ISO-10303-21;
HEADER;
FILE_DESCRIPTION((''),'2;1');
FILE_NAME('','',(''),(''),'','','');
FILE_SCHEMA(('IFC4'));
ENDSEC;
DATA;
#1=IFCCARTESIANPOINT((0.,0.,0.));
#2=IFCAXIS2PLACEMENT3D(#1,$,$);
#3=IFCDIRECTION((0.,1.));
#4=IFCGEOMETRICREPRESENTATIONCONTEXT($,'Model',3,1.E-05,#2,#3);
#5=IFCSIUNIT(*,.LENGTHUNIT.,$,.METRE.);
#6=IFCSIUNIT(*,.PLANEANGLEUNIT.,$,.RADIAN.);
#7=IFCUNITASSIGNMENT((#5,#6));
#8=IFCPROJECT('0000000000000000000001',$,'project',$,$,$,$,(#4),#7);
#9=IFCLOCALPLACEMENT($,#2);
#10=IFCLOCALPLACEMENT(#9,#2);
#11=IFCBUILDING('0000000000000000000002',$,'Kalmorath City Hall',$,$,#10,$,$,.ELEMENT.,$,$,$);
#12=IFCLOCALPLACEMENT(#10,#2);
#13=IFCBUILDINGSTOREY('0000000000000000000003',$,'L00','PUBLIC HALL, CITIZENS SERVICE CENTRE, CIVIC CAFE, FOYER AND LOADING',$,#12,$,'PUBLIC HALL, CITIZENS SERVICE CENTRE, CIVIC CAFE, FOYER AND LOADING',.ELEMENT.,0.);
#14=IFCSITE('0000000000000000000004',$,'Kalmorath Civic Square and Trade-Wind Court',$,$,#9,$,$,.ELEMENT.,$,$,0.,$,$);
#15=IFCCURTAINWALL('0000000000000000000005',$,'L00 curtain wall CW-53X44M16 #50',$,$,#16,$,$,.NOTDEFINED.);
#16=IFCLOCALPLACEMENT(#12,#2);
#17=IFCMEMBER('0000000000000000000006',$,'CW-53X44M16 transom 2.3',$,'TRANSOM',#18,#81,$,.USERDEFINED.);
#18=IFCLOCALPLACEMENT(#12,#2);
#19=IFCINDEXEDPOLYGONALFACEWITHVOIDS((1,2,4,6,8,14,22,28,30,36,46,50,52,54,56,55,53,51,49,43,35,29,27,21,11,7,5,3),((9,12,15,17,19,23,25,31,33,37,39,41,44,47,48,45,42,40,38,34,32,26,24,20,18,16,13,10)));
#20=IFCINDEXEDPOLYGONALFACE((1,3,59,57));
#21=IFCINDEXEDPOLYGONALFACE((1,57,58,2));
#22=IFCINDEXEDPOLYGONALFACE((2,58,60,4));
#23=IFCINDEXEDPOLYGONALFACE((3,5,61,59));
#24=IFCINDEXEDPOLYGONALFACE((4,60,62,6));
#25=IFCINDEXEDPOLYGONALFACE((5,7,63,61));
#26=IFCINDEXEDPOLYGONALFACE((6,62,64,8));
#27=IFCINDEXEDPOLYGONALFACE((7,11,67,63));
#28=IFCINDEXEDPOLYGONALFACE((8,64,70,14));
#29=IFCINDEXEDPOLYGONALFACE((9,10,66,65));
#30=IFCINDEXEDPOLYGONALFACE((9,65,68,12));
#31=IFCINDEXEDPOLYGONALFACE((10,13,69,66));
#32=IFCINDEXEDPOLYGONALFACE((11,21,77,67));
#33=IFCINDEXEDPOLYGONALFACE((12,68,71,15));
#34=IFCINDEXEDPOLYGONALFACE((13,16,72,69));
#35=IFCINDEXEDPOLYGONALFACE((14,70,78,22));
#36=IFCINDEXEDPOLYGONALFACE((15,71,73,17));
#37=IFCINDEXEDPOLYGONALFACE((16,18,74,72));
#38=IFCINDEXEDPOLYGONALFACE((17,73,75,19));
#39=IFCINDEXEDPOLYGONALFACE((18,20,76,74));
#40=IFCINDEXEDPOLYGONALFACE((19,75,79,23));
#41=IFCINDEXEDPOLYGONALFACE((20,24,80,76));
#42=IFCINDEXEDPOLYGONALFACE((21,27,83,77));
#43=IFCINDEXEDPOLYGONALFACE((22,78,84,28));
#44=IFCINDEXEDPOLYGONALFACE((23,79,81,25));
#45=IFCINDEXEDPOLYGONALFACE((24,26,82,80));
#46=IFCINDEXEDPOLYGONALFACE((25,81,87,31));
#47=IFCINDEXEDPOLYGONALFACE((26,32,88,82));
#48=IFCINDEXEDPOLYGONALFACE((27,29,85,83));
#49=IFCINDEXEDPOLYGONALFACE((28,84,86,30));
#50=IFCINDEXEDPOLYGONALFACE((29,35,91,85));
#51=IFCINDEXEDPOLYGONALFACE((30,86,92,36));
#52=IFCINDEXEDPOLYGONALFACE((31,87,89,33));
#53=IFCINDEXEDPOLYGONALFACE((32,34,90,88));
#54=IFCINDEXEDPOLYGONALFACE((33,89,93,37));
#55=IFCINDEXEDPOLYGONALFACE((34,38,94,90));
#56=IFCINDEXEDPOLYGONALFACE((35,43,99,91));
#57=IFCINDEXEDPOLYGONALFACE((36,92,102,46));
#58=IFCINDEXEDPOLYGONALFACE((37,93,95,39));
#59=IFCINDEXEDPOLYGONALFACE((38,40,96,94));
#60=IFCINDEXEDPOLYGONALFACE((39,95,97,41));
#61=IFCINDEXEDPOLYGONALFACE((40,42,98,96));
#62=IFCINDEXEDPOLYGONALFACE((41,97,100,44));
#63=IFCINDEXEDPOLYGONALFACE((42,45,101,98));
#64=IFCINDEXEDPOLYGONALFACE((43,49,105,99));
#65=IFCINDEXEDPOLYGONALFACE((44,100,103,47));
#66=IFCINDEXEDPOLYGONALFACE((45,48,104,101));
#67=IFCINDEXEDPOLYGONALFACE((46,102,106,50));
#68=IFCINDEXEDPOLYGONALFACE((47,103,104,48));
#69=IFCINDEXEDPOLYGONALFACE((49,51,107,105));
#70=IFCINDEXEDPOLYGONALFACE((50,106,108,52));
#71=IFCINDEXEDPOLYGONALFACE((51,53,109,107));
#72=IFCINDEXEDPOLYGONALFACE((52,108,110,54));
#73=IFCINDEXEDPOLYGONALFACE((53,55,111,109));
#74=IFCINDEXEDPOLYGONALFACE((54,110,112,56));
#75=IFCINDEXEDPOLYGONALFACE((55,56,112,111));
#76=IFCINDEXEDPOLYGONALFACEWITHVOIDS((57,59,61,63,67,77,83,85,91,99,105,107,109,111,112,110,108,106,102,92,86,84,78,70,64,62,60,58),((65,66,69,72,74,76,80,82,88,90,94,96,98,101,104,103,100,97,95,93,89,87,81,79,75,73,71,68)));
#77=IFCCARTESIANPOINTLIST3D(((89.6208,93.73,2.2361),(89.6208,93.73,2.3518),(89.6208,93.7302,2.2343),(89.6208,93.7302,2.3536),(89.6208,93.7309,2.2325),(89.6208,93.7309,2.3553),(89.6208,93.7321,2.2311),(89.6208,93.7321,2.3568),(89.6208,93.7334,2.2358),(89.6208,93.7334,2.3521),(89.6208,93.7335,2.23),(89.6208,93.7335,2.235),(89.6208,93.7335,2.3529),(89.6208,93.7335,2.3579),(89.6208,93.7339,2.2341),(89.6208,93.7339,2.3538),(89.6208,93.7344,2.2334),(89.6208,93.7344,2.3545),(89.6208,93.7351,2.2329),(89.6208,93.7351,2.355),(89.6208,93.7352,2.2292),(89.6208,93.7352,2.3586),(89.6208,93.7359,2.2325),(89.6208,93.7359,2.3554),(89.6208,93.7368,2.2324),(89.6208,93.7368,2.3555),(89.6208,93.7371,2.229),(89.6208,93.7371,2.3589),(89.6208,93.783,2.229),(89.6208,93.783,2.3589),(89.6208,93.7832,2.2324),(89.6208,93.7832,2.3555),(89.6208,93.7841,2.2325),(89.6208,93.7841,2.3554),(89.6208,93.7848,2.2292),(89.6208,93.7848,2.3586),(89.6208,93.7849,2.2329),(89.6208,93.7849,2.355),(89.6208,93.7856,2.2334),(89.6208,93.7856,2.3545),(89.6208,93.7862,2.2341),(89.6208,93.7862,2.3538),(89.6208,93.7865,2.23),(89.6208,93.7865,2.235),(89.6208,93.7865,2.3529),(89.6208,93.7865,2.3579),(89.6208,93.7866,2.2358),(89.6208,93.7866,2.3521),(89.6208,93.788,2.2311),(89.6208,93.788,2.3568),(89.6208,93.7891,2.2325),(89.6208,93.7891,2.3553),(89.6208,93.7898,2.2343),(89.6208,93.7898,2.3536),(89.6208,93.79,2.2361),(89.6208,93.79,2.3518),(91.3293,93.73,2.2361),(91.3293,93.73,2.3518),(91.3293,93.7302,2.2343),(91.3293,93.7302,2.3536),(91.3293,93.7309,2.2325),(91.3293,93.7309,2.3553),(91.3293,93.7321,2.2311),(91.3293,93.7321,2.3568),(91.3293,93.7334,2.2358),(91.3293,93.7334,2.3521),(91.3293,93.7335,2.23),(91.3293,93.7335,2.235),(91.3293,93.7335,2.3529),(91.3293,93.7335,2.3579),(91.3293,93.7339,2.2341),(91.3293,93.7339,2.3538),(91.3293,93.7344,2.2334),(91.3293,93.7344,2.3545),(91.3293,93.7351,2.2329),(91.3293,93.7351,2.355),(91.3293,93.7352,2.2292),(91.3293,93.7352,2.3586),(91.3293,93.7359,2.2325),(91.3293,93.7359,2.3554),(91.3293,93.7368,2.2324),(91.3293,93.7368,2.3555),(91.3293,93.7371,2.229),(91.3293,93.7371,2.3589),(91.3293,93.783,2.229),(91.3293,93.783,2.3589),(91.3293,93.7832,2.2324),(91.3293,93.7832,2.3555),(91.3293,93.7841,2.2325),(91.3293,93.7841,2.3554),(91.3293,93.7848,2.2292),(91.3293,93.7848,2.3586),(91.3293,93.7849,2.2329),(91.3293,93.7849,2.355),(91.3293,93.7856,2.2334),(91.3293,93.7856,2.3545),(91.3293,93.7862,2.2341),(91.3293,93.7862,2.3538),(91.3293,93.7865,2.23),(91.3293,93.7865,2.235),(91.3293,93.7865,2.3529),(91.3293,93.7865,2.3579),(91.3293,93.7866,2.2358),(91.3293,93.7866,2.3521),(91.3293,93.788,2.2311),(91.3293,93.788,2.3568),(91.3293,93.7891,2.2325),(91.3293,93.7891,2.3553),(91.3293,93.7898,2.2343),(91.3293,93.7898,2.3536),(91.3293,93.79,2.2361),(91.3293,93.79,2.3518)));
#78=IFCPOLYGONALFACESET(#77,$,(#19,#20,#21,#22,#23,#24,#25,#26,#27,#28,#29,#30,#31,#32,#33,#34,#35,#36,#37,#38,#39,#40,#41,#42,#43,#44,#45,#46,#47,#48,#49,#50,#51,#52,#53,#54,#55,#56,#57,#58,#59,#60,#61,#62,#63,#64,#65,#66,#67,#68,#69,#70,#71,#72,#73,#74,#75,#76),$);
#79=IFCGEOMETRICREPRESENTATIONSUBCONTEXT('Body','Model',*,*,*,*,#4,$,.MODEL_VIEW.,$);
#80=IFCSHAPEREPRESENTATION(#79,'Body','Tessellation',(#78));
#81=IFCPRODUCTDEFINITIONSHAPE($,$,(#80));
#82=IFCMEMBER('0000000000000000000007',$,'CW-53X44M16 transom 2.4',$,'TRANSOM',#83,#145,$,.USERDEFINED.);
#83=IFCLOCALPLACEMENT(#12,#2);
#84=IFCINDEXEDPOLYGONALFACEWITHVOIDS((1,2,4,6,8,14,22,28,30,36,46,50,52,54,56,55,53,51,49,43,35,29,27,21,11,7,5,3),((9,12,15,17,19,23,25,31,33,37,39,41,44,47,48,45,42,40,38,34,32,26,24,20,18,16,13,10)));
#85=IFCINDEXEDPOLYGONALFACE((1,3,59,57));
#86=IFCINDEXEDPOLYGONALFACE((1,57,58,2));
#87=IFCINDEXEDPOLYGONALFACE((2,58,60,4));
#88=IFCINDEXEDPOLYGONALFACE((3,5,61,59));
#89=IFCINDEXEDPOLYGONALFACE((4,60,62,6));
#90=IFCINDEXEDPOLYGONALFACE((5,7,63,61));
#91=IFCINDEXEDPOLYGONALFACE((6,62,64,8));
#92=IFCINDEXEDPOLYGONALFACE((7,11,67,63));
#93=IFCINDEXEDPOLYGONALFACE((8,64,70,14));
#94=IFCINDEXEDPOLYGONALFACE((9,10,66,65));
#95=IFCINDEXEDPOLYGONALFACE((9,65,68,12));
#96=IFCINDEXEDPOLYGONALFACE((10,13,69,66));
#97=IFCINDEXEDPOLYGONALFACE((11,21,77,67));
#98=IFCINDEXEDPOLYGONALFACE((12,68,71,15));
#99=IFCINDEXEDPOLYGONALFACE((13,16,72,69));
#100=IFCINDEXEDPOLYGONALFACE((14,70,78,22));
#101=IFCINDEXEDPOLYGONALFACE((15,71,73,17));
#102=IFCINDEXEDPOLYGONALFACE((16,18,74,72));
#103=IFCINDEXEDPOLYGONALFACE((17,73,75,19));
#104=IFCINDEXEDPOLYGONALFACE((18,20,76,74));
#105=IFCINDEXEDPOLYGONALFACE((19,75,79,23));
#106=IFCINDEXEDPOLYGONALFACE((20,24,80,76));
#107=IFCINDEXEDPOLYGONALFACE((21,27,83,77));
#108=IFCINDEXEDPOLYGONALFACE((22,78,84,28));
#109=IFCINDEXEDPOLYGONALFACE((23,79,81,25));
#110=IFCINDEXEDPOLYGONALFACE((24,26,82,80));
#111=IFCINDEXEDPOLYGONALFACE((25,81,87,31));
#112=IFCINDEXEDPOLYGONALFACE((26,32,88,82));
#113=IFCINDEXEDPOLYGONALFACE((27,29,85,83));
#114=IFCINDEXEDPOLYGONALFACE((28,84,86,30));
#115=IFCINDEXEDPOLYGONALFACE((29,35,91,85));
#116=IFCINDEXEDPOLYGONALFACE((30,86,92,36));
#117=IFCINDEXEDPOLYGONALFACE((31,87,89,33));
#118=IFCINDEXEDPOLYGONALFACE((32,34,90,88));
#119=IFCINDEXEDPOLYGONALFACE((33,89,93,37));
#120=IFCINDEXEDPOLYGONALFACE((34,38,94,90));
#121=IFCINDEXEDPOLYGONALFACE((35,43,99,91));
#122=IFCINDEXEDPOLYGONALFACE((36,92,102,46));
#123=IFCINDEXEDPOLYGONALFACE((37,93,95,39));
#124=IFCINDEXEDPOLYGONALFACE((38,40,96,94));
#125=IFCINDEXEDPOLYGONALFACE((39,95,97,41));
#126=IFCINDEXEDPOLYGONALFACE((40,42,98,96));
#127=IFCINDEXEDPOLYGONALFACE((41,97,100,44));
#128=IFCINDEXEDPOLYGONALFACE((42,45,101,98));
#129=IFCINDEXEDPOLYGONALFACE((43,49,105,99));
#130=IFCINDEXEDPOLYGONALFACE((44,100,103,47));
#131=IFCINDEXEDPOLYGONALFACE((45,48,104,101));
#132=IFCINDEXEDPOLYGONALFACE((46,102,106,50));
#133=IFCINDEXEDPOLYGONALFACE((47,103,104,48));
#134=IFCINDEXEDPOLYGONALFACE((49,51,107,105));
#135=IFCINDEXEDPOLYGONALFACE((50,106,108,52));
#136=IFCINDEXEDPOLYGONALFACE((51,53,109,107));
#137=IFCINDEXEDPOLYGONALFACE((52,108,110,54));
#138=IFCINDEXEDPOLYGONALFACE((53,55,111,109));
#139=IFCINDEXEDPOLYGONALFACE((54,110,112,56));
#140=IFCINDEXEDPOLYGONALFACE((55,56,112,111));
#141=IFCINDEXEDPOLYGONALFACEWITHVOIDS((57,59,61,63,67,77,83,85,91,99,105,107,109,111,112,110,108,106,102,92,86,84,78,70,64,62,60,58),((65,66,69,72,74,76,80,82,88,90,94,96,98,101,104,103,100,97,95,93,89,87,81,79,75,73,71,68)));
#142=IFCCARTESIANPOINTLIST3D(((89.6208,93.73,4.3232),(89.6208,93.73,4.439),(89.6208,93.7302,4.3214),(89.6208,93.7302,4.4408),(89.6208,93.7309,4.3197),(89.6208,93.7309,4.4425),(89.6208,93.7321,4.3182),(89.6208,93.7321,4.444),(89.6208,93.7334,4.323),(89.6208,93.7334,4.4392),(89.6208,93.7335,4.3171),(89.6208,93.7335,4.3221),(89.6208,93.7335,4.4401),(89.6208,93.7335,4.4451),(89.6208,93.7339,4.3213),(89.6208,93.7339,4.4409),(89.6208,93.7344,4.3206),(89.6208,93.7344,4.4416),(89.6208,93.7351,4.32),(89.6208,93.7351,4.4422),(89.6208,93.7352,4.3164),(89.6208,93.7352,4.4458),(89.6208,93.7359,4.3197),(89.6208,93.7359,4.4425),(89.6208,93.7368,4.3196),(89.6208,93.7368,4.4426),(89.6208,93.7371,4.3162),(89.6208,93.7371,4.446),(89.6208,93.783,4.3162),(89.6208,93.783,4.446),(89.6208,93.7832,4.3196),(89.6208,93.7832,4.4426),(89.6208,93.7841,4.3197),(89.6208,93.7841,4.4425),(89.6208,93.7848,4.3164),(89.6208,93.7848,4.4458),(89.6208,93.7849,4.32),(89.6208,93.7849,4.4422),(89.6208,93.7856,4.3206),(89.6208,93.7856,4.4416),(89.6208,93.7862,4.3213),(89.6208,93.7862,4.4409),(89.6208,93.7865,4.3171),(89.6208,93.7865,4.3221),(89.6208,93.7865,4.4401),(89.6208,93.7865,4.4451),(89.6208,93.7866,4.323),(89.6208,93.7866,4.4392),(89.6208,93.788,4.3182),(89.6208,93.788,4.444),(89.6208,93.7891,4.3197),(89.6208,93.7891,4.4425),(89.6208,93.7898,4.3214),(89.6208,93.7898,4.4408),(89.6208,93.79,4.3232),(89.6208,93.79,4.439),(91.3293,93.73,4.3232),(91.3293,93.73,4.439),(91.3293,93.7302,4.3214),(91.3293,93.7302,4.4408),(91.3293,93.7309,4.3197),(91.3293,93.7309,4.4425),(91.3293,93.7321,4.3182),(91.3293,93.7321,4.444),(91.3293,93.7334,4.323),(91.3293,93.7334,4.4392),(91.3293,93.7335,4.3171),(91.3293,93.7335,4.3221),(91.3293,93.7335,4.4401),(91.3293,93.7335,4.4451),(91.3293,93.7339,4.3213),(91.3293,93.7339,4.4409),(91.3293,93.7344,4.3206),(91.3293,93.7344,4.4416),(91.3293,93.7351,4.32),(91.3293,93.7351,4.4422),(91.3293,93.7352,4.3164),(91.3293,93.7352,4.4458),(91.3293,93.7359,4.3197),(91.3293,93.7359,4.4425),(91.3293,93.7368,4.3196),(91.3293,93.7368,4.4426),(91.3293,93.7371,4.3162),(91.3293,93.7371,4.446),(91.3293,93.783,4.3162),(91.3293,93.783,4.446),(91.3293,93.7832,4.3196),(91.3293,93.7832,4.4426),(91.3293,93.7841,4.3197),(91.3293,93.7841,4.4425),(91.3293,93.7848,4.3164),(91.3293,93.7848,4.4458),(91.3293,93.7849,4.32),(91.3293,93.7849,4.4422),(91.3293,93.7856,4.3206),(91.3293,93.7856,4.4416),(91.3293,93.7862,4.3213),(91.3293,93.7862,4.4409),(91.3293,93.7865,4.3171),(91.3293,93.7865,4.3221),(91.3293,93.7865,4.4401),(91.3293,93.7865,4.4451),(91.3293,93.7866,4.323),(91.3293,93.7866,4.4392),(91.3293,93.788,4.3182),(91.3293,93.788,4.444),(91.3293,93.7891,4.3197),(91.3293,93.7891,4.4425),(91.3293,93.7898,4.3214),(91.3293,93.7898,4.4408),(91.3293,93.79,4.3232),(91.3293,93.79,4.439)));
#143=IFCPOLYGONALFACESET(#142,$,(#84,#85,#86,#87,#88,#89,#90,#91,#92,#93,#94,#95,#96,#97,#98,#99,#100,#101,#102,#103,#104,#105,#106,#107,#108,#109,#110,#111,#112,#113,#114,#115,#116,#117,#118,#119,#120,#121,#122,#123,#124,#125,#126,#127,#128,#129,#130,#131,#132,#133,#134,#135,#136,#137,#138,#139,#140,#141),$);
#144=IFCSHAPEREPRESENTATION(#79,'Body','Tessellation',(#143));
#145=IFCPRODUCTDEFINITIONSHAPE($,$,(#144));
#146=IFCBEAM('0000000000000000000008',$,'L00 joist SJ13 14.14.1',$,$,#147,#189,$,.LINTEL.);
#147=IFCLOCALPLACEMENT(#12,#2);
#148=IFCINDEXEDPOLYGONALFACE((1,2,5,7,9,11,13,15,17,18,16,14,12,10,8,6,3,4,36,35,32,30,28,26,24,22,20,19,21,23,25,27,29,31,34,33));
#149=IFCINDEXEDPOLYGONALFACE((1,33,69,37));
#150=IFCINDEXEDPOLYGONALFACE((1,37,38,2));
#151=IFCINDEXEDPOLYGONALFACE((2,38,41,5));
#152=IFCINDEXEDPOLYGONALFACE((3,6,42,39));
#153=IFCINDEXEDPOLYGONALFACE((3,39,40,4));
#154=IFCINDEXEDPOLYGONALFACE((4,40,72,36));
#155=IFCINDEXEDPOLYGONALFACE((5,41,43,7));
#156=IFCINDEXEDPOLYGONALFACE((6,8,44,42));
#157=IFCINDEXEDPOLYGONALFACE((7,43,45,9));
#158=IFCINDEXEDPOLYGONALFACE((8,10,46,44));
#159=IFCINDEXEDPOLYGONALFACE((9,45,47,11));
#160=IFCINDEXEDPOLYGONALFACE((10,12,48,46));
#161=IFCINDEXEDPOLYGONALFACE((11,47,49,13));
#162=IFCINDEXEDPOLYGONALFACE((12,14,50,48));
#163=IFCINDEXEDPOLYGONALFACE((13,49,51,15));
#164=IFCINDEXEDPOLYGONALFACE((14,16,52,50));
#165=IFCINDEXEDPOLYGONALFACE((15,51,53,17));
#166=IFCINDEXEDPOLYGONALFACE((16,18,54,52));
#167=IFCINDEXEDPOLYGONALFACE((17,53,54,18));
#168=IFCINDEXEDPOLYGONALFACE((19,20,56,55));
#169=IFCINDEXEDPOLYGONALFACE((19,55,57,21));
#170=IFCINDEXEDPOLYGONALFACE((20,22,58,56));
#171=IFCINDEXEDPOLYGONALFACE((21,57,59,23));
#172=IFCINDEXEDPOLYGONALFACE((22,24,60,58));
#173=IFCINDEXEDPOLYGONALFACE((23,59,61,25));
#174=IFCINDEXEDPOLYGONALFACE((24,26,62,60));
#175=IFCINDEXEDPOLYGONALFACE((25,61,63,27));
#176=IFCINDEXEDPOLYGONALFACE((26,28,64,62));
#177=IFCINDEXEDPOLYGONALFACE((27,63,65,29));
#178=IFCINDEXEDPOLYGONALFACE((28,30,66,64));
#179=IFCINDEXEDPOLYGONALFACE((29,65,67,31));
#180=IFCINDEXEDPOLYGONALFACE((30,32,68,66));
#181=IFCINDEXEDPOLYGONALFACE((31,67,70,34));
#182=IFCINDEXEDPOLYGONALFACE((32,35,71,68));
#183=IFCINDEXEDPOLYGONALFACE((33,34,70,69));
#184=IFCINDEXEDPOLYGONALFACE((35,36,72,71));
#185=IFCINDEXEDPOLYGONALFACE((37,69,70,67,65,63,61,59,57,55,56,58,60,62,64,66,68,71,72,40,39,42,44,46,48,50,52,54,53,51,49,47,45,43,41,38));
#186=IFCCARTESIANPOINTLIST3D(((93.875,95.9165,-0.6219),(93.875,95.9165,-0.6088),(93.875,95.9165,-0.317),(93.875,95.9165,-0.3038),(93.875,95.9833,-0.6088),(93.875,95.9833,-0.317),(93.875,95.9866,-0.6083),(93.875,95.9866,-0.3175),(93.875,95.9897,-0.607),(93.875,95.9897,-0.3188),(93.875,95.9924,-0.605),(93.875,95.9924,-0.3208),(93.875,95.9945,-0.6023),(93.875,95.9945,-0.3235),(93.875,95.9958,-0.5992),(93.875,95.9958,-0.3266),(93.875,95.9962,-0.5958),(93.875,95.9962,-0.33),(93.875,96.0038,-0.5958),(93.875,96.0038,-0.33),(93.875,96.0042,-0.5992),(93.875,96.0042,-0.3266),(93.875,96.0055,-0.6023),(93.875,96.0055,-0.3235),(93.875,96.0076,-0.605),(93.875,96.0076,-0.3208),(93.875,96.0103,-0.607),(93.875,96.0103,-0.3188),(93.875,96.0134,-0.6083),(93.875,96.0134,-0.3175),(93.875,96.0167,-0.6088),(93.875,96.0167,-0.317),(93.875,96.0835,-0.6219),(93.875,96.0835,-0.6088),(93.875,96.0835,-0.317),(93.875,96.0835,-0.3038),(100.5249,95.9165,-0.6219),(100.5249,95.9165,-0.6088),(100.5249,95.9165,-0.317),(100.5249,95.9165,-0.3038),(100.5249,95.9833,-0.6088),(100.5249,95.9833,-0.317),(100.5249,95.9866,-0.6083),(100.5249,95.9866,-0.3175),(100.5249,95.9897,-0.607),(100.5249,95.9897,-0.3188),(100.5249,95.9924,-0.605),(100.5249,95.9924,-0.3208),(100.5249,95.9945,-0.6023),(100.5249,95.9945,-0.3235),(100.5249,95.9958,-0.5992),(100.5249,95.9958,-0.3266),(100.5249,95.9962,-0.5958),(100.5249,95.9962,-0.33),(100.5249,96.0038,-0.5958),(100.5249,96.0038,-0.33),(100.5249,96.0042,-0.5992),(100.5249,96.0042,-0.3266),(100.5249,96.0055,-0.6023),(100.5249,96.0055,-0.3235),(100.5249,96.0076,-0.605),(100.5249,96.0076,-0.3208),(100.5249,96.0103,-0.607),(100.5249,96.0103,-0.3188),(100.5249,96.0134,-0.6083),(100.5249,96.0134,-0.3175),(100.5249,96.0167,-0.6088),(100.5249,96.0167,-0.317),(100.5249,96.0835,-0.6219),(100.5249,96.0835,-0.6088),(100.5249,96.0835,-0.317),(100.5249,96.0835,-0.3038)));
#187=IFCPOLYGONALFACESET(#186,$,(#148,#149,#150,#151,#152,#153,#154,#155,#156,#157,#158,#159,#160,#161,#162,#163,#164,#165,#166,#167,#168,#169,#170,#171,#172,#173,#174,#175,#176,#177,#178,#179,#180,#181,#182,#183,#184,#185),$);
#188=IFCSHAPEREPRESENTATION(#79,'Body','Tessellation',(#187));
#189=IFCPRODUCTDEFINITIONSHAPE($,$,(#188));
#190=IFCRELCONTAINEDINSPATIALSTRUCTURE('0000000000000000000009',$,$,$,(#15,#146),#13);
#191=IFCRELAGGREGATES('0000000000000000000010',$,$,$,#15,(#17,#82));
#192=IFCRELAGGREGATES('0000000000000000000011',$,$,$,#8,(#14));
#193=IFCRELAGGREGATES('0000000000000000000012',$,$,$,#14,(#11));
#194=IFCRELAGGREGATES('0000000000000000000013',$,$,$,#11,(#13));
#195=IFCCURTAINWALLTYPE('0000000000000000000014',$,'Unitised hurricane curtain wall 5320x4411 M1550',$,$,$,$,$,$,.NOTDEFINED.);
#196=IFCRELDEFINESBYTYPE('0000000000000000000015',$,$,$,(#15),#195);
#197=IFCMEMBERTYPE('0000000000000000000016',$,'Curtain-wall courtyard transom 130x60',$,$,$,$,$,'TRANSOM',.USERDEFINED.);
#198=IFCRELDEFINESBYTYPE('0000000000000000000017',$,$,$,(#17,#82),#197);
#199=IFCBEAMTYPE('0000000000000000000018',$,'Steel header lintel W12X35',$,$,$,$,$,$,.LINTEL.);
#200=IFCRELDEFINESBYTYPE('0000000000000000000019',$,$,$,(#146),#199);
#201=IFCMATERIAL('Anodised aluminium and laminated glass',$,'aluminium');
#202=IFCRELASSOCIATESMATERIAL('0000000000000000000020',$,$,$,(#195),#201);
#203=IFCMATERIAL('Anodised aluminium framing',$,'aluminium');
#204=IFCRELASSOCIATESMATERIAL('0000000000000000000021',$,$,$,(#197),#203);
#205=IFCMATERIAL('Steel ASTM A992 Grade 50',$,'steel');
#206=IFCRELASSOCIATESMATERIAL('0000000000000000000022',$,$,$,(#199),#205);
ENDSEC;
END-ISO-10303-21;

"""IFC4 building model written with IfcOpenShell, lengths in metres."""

from ifc_helpers import new_model, si_unit, direction, frame, origin, origin_2d, place, context, subcontext, project, spatial, hollow_rectangle, i_section, extrude, material, material_profile, profile_set, type_object, element, aggregate, save


model = new_model("IFC4")

# Units and contexts
model_context = context("Model", 3, precision=1e-05, world=origin(), true_north=direction((0.0, 1.0)))
body_context = subcontext(model_context, "Body", "Model", "MODEL_VIEW")
ifc_project = project(units=[si_unit("LENGTHUNIT", "METRE"), si_unit("PLANEANGLEUNIT", "RADIAN")], contexts=[model_context])

# Site, building, storey
site_placement = place(None, origin())
site = spatial("IfcSite", under=ifc_project, at=site_placement, Name="Kalmorath Civic Square and Trade-Wind Court", CompositionType="ELEMENT", RefElevation=0.0)
building_placement = place(site_placement, origin())
building = spatial("IfcBuilding", under=site, at=building_placement, Name="Kalmorath City Hall", CompositionType="ELEMENT")
storey_placement = place(building_placement, origin())
storey = spatial("IfcBuildingStorey", under=building, at=storey_placement, Name="L00", Description="PUBLIC HALL, CITIZENS SERVICE CENTRE, CIVIC CAFE, FOYER AND LOADING", LongName="PUBLIC HALL, CITIZENS SERVICE CENTRE, CIVIC CAFE, FOYER AND LOADING", CompositionType="ELEMENT", Elevation=0.0)

# Curtain wall, members
ifc_material_1 = material(Name="Anodised aluminium and laminated glass", Category="aluminium")
curtain_wall_type = type_object("IfcCurtainWallType", Name="Unitised hurricane curtain wall 5320x4411 M1550", PredefinedType="NOTDEFINED", material=ifc_material_1)
curtain_wall_placement = place(storey_placement, origin())
curtain_wall = element("IfcCurtainWall", 1, at=curtain_wall_placement, inside=storey, type_object=curtain_wall_type, Name="L00 curtain wall CW-53X44M16 #50", PredefinedType="NOTDEFINED")
ifc_material_2 = material(Name="Anodised aluminium framing", Category="aluminium")
ifc_material_profile_1 = material_profile(ifc_material_2, hollow_rectangle(XDim=0.0601, YDim=0.1299, WallThickness=0.0034, InnerFilletRadius=0.0034, OuterFilletRadius=0.0071, at=origin_2d()), Name="ALU-TRN-130X60X3.5")
ifc_profile_set_1 = profile_set([ifc_material_profile_1], Name="Anodised aluminium framing")
member_type_1 = type_object("IfcMemberType", Name="Curtain-wall courtyard transom 130x60", ElementType="TRANSOM", PredefinedType="USERDEFINED", material=ifc_profile_set_1)
member_1_placement = place(storey_placement, frame((91.3293, 93.76, 2.2939), z_axis=(-1.0, 0.0, 0.0), x_axis=(0.0, -1.0, 0.0)))
member_1 = element("IfcMember", 2, at=member_1_placement, type_object=member_type_1, Name="CW-53X44M16 transom 2.3", ObjectType="TRANSOM", PredefinedType="USERDEFINED", context=body_context, shape_type="SweptSolid", body=[
    extrude(hollow_rectangle(XDim=0.0601, YDim=0.1299, WallThickness=0.0034, InnerFilletRadius=0.0034, OuterFilletRadius=0.0071, at=origin_2d()), origin(), (0.0, 0.0, 1.0), 1.7085),
])
member_2_placement = place(storey_placement, frame((91.3293, 93.76, 4.3811), z_axis=(-1.0, 0.0, 0.0), x_axis=(0.0, -1.0, 0.0)))
member_2 = element("IfcMember", 3, at=member_2_placement, type_object=member_type_1, Name="CW-53X44M16 transom 2.4", ObjectType="TRANSOM", PredefinedType="USERDEFINED", context=body_context, shape_type="SweptSolid", body=[
    extrude(hollow_rectangle(XDim=0.0601, YDim=0.1299, WallThickness=0.0034, InnerFilletRadius=0.0034, OuterFilletRadius=0.0071, at=origin_2d()), origin(), (0.0, 0.0, 1.0), 1.7085),
])

# Beam
ifc_material_3 = material(Name="Steel ASTM A992 Grade 50", Category="steel")
ifc_material_profile_2 = material_profile(ifc_material_3, i_section(OverallWidth=0.167, OverallDepth=0.3181, WebThickness=0.0076, FlangeThickness=0.0132, FilletRadius=0.0129, at=origin_2d()), Name="W12X35")
ifc_profile_set_2 = profile_set([ifc_material_profile_2], Name="Steel ASTM A992 Grade 50")
beam_type_1 = type_object("IfcBeamType", Name="Steel header lintel W12X35", PredefinedType="LINTEL", material=ifc_profile_set_2)
for number, where, z_axis, x_axis, name in (
    (4, (93.875, 96.0, -0.4629), (1.0, 0.0, 0.0), (0.0, 1.0, 0.0), "L00 joist SJ13 14.14.1"),
):
    element("IfcBeam", number, at=place(storey_placement, frame(where, z_axis=z_axis, x_axis=x_axis)), inside=storey, type_object=beam_type_1, Name=name, PredefinedType="LINTEL", context=body_context, shape_type="SweptSolid", body=[
        extrude(i_section(OverallWidth=0.167, OverallDepth=0.3181, WebThickness=0.0076, FlangeThickness=0.0132, FilletRadius=0.0129, at=origin_2d()), origin(), (0.0, 0.0, 1.0), 6.6499),
    ])

aggregate(curtain_wall, [member_1, member_2])

save(model, "model.ifc")
